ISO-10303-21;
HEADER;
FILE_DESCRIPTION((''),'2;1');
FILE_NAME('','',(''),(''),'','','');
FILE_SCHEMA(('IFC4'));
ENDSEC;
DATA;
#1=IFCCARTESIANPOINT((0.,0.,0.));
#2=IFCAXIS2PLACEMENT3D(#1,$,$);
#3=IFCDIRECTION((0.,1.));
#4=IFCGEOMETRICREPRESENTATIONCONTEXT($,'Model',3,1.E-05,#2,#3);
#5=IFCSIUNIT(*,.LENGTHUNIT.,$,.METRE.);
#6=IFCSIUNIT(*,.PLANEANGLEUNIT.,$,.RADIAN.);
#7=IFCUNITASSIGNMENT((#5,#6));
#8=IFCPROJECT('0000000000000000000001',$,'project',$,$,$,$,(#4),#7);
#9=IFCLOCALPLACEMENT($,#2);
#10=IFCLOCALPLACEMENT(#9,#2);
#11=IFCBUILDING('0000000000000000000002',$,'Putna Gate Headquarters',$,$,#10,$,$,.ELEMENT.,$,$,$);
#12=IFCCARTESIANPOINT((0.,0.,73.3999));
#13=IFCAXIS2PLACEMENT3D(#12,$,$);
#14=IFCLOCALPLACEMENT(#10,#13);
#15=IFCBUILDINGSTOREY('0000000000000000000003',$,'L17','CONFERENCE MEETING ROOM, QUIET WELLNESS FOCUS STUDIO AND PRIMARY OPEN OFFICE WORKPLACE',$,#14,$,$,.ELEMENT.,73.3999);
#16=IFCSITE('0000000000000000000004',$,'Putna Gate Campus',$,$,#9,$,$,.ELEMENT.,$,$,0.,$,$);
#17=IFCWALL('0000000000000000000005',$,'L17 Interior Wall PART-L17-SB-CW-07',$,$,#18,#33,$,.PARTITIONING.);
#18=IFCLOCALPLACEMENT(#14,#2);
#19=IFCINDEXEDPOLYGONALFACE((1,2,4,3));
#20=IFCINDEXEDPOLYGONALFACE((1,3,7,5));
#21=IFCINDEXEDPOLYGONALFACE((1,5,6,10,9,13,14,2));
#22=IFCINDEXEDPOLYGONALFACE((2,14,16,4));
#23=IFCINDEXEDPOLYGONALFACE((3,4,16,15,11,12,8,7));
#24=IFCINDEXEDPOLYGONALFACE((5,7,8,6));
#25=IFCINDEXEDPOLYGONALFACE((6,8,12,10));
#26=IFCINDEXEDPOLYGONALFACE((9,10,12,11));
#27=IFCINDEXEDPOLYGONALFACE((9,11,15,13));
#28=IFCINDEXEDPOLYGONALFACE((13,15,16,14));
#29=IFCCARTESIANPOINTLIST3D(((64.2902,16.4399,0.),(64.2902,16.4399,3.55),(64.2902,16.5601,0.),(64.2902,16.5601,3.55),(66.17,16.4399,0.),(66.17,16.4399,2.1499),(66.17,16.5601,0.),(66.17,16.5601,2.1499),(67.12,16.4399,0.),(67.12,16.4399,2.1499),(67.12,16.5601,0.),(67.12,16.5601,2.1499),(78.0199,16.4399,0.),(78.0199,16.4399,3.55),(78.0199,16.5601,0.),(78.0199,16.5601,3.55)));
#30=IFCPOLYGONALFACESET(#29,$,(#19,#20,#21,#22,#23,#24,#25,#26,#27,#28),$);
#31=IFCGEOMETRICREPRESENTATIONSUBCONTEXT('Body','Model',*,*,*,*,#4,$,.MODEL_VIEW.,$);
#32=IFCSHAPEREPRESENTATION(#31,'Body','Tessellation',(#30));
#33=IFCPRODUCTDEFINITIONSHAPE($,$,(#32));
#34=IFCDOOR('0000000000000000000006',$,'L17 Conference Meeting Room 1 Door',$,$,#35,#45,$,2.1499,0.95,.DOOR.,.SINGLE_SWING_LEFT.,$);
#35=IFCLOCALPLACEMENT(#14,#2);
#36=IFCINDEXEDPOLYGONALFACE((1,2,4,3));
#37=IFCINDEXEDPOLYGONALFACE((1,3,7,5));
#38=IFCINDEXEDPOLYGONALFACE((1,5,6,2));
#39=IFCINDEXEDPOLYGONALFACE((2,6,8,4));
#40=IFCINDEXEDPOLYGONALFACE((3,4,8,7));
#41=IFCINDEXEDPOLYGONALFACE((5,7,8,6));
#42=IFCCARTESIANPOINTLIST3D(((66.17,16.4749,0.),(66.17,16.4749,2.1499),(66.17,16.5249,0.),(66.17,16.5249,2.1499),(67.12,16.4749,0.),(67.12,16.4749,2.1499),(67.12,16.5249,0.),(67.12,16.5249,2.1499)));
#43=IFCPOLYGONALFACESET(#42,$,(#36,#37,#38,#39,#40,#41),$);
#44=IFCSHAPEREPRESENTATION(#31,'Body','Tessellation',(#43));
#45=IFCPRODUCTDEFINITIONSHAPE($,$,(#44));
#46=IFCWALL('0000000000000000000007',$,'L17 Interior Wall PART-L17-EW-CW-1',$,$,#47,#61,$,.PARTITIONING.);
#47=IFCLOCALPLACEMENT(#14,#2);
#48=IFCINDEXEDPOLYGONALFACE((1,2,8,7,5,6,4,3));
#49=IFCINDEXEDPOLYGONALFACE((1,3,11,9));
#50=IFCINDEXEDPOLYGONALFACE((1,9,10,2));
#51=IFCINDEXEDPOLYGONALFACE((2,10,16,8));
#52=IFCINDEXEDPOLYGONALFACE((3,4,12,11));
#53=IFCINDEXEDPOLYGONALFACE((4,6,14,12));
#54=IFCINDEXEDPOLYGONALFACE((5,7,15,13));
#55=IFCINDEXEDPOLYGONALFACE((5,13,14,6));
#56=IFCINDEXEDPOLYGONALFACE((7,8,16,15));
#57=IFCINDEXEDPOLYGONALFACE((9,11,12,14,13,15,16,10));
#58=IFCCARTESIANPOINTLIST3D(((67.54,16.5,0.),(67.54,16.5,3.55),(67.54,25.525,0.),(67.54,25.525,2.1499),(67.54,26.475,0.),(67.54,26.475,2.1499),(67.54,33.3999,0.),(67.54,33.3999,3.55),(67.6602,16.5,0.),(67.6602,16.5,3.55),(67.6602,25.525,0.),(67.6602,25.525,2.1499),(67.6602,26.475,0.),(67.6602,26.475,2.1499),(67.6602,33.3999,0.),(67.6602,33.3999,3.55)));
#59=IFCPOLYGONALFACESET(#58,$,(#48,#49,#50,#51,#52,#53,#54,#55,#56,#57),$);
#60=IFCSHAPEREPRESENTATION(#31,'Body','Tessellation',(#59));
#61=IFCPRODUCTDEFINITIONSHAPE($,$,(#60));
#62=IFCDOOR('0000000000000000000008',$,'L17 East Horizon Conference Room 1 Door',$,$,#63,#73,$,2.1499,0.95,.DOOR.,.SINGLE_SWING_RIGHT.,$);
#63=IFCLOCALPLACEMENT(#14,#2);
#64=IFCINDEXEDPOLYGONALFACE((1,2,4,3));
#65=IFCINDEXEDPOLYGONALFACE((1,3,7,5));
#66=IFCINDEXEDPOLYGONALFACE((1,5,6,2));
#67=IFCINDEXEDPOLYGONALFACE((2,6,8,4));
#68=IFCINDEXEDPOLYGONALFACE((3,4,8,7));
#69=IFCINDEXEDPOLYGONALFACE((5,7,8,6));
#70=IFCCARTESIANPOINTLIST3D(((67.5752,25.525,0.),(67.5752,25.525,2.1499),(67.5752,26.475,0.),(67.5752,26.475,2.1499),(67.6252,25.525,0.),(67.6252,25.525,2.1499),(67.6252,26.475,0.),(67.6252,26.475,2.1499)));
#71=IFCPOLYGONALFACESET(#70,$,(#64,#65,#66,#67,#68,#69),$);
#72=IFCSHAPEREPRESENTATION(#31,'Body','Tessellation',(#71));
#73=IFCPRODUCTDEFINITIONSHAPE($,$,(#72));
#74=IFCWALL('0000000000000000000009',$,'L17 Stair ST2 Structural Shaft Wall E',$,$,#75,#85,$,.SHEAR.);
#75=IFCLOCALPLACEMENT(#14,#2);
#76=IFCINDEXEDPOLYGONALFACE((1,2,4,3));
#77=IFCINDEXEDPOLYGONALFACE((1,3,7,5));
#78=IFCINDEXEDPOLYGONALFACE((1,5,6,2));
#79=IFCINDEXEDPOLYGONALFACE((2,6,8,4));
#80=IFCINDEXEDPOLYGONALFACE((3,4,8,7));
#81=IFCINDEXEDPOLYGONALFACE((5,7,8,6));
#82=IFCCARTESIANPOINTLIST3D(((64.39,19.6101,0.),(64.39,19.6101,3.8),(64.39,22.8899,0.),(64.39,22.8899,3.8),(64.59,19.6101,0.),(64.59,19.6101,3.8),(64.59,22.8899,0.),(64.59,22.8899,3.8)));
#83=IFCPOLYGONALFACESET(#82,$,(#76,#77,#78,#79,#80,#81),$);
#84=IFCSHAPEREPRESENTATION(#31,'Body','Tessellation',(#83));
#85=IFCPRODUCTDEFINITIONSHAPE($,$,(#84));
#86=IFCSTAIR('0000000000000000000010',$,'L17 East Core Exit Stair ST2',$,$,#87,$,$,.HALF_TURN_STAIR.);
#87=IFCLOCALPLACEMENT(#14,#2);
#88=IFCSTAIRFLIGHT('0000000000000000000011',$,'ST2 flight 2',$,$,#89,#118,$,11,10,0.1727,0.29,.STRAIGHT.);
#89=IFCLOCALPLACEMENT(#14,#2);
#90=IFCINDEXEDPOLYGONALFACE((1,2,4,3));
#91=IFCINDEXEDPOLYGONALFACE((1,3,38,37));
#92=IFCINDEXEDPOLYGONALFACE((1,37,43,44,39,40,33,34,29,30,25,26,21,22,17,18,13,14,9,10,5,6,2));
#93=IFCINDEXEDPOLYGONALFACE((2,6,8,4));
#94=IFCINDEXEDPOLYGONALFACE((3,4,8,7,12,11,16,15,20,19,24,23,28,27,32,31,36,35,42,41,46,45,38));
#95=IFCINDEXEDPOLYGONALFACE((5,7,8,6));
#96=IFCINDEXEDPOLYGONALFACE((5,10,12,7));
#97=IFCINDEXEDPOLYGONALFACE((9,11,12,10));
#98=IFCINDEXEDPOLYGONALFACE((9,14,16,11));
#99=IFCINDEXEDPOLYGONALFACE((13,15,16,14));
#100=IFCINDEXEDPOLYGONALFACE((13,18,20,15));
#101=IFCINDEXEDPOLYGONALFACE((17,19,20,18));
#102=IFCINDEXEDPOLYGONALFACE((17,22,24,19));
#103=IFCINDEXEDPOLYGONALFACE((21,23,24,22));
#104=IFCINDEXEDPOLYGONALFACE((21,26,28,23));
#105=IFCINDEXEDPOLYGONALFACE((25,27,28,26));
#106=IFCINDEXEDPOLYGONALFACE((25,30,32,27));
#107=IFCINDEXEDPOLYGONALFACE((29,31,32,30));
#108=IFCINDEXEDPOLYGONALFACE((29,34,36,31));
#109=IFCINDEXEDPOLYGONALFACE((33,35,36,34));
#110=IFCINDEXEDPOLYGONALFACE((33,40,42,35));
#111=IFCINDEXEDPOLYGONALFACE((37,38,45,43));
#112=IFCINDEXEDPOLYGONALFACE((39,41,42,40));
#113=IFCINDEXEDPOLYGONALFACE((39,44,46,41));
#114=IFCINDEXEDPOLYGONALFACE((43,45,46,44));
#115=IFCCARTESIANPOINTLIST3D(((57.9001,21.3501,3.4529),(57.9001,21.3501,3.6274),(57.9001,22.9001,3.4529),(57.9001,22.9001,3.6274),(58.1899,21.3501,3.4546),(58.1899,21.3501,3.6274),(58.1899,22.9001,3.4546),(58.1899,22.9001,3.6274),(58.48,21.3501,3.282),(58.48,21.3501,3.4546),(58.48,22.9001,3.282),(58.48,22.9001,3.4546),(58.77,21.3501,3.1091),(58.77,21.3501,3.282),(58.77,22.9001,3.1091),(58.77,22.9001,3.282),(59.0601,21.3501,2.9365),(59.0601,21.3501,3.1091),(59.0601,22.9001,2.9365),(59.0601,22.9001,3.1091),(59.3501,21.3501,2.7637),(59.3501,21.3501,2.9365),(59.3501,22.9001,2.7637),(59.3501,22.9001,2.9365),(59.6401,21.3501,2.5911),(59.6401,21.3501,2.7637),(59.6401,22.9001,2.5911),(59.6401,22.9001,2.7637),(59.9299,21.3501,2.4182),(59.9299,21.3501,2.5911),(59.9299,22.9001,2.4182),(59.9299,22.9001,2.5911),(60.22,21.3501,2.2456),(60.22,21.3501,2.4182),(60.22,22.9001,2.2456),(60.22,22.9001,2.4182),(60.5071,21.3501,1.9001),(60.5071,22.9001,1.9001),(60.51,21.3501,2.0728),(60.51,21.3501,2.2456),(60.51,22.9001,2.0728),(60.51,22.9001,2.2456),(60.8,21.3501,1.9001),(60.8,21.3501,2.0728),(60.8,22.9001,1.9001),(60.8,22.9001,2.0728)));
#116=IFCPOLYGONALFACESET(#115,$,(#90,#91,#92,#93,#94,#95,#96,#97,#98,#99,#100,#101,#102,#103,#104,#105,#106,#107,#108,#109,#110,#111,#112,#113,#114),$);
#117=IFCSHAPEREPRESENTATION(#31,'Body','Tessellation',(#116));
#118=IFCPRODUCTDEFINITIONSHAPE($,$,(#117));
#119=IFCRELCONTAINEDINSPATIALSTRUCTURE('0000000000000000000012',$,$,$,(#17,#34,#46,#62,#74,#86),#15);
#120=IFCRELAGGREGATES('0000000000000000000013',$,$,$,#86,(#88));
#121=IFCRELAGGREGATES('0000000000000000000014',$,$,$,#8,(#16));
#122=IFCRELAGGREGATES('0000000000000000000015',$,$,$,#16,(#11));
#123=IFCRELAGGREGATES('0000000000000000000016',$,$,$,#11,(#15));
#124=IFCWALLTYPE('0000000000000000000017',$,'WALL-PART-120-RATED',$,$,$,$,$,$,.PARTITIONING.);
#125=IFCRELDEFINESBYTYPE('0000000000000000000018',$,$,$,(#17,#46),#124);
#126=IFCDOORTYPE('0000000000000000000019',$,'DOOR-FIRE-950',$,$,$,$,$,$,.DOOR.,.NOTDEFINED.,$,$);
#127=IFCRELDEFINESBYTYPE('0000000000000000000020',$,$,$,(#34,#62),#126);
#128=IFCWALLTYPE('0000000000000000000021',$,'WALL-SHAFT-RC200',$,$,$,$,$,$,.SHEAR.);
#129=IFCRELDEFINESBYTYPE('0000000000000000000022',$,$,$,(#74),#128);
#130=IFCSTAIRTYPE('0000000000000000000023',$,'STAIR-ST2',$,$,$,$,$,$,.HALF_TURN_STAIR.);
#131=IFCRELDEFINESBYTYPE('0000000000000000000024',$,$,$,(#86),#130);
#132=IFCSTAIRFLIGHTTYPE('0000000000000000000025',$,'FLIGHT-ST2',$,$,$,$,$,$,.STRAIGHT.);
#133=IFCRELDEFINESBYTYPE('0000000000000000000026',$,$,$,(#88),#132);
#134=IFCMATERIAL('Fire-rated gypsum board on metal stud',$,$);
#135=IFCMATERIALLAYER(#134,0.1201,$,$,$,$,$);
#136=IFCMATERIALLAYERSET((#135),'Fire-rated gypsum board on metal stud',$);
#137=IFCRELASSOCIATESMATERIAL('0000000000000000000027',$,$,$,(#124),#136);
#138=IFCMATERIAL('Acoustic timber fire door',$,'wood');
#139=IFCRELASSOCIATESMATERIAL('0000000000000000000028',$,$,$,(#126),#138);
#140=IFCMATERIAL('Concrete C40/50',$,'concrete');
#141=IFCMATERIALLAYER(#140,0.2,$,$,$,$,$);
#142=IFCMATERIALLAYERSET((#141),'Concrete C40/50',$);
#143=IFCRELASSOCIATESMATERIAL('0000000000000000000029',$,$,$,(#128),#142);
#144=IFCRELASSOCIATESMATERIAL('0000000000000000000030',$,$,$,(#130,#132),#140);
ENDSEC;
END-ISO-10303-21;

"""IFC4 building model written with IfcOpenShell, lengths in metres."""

from ifc_helpers import new_model, si_unit, direction, frame, frame_2d, origin, place, context, subcontext, project, spatial, polyline, rectangle, outline, extrude, material, layer, layer_set, type_object, element, fill, aggregate, save


model = new_model("IFC4")

# Units and contexts
model_context = context("Model", 3, precision=1e-05, world=origin(), true_north=direction((0.0, 1.0)))
body_context = subcontext(model_context, "Body", "Model", "MODEL_VIEW")
ifc_project = project(units=[si_unit("LENGTHUNIT", "METRE"), si_unit("PLANEANGLEUNIT", "RADIAN")], contexts=[model_context])

# Site, building, storey
site_placement = place(None, origin())
site = spatial("IfcSite", under=ifc_project, at=site_placement, Name="Putna Gate Campus", CompositionType="ELEMENT", RefElevation=0.0)
building_placement = place(site_placement, origin())
building = spatial("IfcBuilding", under=site, at=building_placement, Name="Putna Gate Headquarters", CompositionType="ELEMENT")
storey_placement = place(building_placement, frame((0.0, 0.0, 73.3999)))
storey = spatial("IfcBuildingStorey", under=building, at=storey_placement, Name="L17", Description="CONFERENCE MEETING ROOM, QUIET WELLNESS FOCUS STUDIO AND PRIMARY OPEN OFFICE WORKPLACE", CompositionType="ELEMENT", Elevation=73.3999)

# Walls, openings, doors
ifc_material_1 = material(Name="Fire-rated gypsum board on metal stud")
ifc_layer_1 = layer(ifc_material_1, 0.1201)
ifc_layer_set_1 = layer_set([ifc_layer_1], Name="Fire-rated gypsum board on metal stud")
wall_type_1 = type_object("IfcWallType", Name="WALL-PART-120-RATED", PredefinedType="PARTITIONING", material=ifc_layer_set_1)
wall_1_placement = place(storey_placement, frame((64.2903, 16.5, 0.0), z_axis=(0.0, 0.0, 1.0), x_axis=(1.0, 0.0, 0.0)))
wall_1 = element("IfcWall", 1, at=wall_1_placement, inside=storey, type_object=wall_type_1, Name="L17 Interior Wall PART-L17-SB-CW-07", PredefinedType="PARTITIONING", context=body_context, shape_type="SweptSolid", body=[
    extrude(rectangle(XDim=13.7297, YDim=0.1201, at=frame_2d((6.8647, 0.0))), origin(), (0.0, 0.0, 1.0), 3.55),
])
opening_1_placement = place(wall_1_placement, frame((1.8796, 0.0, 0.0)))
opening_1 = element("IfcOpeningElement", 2, at=opening_1_placement, cuts=wall_1, PredefinedType="OPENING", context=body_context, shape_type="SweptSolid", body=[
    extrude(rectangle(XDim=0.95, YDim=2.1499, at=frame_2d((0.4751, 1.075))), frame((0.0, 0.0701, 0.0), z_axis=(0.0, -1.0, 0.0), x_axis=(1.0, 0.0, 0.0)), (0.0, 0.0, 1.0), 0.1401),
])
ifc_material_2 = material(Name="Acoustic timber fire door", Category="wood")
door_type_1 = type_object("IfcDoorType", Name="DOOR-FIRE-950", OperationType="NOTDEFINED", PredefinedType="DOOR", material=ifc_material_2)
door_1_placement = place(opening_1_placement, origin())
door_1 = element("IfcDoor", 3, at=door_1_placement, inside=storey, type_object=door_type_1, Name="L17 Conference Meeting Room 1 Door", OperationType="SINGLE_SWING_LEFT", OverallHeight=2.1499, OverallWidth=0.95, PredefinedType="DOOR", context=body_context, shape_type="SweptSolid", body=[
    extrude(rectangle(XDim=0.95, YDim=2.1499, at=frame_2d((0.4751, 1.075))), frame((0.0, 0.0249, 0.0), z_axis=(0.0, -1.0, 0.0), x_axis=(1.0, 0.0, 0.0)), (0.0, 0.0, 1.0), 0.05),
])
fill(opening_1, door_1)
wall_2_placement = place(storey_placement, frame((67.6001, 16.5, 0.0), z_axis=(0.0, 0.0, 1.0), x_axis=(0.0, 1.0, 0.0)))
wall_2 = element("IfcWall", 4, at=wall_2_placement, inside=storey, type_object=wall_type_1, Name="L17 Interior Wall PART-L17-EW-CW-1", PredefinedType="PARTITIONING", context=body_context, shape_type="SweptSolid", body=[
    extrude(rectangle(XDim=16.8999, YDim=0.1201, at=frame_2d((8.45, 0.0))), origin(), (0.0, 0.0, 1.0), 3.55),
])
opening_2_placement = place(wall_2_placement, frame((9.0249, 0.0, 0.0)))
opening_2 = element("IfcOpeningElement", 5, at=opening_2_placement, cuts=wall_2, PredefinedType="OPENING", context=body_context, shape_type="SweptSolid", body=[
    extrude(rectangle(XDim=0.95, YDim=2.1499, at=frame_2d((0.4751, 1.075))), frame((0.0, 0.0701, 0.0), z_axis=(0.0, -1.0, 0.0), x_axis=(1.0, 0.0, 0.0)), (0.0, 0.0, 1.0), 0.1401),
])
door_2_placement = place(opening_2_placement, origin())
door_2 = element("IfcDoor", 6, at=door_2_placement, inside=storey, type_object=door_type_1, Name="L17 East Horizon Conference Room 1 Door", OperationType="SINGLE_SWING_RIGHT", OverallHeight=2.1499, OverallWidth=0.95, PredefinedType="DOOR", context=body_context, shape_type="SweptSolid", body=[
    extrude(rectangle(XDim=0.95, YDim=2.1499, at=frame_2d((0.4751, 1.075))), frame((0.0, 0.0249, 0.0), z_axis=(0.0, -1.0, 0.0), x_axis=(1.0, 0.0, 0.0)), (0.0, 0.0, 1.0), 0.05),
])
fill(opening_2, door_2)

# Wall
ifc_material_3 = material(Name="Concrete C40/50", Category="concrete")
ifc_layer_2 = layer(ifc_material_3, 0.2)
ifc_layer_set_2 = layer_set([ifc_layer_2], Name="Concrete C40/50")
wall_type_2 = type_object("IfcWallType", Name="WALL-SHAFT-RC200", PredefinedType="SHEAR", material=ifc_layer_set_2)
wall_3_placement = place(storey_placement, frame((64.49, 19.6101, 0.0), z_axis=(0.0, 0.0, 1.0), x_axis=(0.0, 1.0, 0.0)))
element("IfcWall", 7, at=wall_3_placement, inside=storey, type_object=wall_type_2, Name="L17 Stair ST2 Structural Shaft Wall E", PredefinedType="SHEAR", context=body_context, shape_type="SweptSolid", body=[
    extrude(rectangle(XDim=3.2798, YDim=0.2, at=frame_2d((1.6399, 0.0))), origin(), (0.0, 0.0, 1.0), 3.8),
])

# Stair, stair flight
stair_type = type_object("IfcStairType", Name="STAIR-ST2", PredefinedType="HALF_TURN_STAIR", material=ifc_material_3)
stair_placement = place(storey_placement, origin())
stair = element("IfcStair", 8, at=stair_placement, inside=storey, type_object=stair_type, Name="L17 East Core Exit Stair ST2", PredefinedType="HALF_TURN_STAIR")
stair_flight_type = type_object("IfcStairFlightType", Name="FLIGHT-ST2", PredefinedType="STRAIGHT", material=ifc_material_3)
stair_flight_placement = place(storey_placement, frame((60.8, 22.125, 1.9001), z_axis=(0.0, 0.0, 1.0), x_axis=(-1.0, 0.0, 0.0)))
stair_flight = element("IfcStairFlight", 9, at=stair_flight_placement, type_object=stair_flight_type, Name="ST2 flight 2", NumberOfRisers=11, NumberOfTreads=10, PredefinedType="STRAIGHT", RiserHeight=0.1727, TreadLength=0.29, context=body_context, shape_type="SweptSolid", body=[
    extrude(outline(polyline([(0.0, 0.0), (0.0, 0.1726), (0.29, 0.1726), (0.29, 0.3455), (0.5801, 0.3455), (0.5801, 0.5181), (0.8701, 0.5181), (0.8701, 0.6909), (1.1599, 0.6909), (1.1599, 0.8635), (1.45, 0.8635), (1.45, 1.0364), (1.74, 1.0364), (1.74, 1.209), (2.03, 1.209), (2.03, 1.3818), (2.3201, 1.3818), (2.3201, 1.5544), (2.6101, 1.5544), (2.6101, 1.7273), (2.8999, 1.7273), (2.8999, 1.8999), (2.8999, 1.5527), (0.293, 0.0), (0.0, 0.0)])), frame((0.0, 0.7749, 0.0), z_axis=(0.0, -1.0, 0.0), x_axis=(1.0, 0.0, 0.0)), (0.0, 0.0, 1.0), 1.55),
])
aggregate(stair, [stair_flight])

save(model, "model.ifc")
